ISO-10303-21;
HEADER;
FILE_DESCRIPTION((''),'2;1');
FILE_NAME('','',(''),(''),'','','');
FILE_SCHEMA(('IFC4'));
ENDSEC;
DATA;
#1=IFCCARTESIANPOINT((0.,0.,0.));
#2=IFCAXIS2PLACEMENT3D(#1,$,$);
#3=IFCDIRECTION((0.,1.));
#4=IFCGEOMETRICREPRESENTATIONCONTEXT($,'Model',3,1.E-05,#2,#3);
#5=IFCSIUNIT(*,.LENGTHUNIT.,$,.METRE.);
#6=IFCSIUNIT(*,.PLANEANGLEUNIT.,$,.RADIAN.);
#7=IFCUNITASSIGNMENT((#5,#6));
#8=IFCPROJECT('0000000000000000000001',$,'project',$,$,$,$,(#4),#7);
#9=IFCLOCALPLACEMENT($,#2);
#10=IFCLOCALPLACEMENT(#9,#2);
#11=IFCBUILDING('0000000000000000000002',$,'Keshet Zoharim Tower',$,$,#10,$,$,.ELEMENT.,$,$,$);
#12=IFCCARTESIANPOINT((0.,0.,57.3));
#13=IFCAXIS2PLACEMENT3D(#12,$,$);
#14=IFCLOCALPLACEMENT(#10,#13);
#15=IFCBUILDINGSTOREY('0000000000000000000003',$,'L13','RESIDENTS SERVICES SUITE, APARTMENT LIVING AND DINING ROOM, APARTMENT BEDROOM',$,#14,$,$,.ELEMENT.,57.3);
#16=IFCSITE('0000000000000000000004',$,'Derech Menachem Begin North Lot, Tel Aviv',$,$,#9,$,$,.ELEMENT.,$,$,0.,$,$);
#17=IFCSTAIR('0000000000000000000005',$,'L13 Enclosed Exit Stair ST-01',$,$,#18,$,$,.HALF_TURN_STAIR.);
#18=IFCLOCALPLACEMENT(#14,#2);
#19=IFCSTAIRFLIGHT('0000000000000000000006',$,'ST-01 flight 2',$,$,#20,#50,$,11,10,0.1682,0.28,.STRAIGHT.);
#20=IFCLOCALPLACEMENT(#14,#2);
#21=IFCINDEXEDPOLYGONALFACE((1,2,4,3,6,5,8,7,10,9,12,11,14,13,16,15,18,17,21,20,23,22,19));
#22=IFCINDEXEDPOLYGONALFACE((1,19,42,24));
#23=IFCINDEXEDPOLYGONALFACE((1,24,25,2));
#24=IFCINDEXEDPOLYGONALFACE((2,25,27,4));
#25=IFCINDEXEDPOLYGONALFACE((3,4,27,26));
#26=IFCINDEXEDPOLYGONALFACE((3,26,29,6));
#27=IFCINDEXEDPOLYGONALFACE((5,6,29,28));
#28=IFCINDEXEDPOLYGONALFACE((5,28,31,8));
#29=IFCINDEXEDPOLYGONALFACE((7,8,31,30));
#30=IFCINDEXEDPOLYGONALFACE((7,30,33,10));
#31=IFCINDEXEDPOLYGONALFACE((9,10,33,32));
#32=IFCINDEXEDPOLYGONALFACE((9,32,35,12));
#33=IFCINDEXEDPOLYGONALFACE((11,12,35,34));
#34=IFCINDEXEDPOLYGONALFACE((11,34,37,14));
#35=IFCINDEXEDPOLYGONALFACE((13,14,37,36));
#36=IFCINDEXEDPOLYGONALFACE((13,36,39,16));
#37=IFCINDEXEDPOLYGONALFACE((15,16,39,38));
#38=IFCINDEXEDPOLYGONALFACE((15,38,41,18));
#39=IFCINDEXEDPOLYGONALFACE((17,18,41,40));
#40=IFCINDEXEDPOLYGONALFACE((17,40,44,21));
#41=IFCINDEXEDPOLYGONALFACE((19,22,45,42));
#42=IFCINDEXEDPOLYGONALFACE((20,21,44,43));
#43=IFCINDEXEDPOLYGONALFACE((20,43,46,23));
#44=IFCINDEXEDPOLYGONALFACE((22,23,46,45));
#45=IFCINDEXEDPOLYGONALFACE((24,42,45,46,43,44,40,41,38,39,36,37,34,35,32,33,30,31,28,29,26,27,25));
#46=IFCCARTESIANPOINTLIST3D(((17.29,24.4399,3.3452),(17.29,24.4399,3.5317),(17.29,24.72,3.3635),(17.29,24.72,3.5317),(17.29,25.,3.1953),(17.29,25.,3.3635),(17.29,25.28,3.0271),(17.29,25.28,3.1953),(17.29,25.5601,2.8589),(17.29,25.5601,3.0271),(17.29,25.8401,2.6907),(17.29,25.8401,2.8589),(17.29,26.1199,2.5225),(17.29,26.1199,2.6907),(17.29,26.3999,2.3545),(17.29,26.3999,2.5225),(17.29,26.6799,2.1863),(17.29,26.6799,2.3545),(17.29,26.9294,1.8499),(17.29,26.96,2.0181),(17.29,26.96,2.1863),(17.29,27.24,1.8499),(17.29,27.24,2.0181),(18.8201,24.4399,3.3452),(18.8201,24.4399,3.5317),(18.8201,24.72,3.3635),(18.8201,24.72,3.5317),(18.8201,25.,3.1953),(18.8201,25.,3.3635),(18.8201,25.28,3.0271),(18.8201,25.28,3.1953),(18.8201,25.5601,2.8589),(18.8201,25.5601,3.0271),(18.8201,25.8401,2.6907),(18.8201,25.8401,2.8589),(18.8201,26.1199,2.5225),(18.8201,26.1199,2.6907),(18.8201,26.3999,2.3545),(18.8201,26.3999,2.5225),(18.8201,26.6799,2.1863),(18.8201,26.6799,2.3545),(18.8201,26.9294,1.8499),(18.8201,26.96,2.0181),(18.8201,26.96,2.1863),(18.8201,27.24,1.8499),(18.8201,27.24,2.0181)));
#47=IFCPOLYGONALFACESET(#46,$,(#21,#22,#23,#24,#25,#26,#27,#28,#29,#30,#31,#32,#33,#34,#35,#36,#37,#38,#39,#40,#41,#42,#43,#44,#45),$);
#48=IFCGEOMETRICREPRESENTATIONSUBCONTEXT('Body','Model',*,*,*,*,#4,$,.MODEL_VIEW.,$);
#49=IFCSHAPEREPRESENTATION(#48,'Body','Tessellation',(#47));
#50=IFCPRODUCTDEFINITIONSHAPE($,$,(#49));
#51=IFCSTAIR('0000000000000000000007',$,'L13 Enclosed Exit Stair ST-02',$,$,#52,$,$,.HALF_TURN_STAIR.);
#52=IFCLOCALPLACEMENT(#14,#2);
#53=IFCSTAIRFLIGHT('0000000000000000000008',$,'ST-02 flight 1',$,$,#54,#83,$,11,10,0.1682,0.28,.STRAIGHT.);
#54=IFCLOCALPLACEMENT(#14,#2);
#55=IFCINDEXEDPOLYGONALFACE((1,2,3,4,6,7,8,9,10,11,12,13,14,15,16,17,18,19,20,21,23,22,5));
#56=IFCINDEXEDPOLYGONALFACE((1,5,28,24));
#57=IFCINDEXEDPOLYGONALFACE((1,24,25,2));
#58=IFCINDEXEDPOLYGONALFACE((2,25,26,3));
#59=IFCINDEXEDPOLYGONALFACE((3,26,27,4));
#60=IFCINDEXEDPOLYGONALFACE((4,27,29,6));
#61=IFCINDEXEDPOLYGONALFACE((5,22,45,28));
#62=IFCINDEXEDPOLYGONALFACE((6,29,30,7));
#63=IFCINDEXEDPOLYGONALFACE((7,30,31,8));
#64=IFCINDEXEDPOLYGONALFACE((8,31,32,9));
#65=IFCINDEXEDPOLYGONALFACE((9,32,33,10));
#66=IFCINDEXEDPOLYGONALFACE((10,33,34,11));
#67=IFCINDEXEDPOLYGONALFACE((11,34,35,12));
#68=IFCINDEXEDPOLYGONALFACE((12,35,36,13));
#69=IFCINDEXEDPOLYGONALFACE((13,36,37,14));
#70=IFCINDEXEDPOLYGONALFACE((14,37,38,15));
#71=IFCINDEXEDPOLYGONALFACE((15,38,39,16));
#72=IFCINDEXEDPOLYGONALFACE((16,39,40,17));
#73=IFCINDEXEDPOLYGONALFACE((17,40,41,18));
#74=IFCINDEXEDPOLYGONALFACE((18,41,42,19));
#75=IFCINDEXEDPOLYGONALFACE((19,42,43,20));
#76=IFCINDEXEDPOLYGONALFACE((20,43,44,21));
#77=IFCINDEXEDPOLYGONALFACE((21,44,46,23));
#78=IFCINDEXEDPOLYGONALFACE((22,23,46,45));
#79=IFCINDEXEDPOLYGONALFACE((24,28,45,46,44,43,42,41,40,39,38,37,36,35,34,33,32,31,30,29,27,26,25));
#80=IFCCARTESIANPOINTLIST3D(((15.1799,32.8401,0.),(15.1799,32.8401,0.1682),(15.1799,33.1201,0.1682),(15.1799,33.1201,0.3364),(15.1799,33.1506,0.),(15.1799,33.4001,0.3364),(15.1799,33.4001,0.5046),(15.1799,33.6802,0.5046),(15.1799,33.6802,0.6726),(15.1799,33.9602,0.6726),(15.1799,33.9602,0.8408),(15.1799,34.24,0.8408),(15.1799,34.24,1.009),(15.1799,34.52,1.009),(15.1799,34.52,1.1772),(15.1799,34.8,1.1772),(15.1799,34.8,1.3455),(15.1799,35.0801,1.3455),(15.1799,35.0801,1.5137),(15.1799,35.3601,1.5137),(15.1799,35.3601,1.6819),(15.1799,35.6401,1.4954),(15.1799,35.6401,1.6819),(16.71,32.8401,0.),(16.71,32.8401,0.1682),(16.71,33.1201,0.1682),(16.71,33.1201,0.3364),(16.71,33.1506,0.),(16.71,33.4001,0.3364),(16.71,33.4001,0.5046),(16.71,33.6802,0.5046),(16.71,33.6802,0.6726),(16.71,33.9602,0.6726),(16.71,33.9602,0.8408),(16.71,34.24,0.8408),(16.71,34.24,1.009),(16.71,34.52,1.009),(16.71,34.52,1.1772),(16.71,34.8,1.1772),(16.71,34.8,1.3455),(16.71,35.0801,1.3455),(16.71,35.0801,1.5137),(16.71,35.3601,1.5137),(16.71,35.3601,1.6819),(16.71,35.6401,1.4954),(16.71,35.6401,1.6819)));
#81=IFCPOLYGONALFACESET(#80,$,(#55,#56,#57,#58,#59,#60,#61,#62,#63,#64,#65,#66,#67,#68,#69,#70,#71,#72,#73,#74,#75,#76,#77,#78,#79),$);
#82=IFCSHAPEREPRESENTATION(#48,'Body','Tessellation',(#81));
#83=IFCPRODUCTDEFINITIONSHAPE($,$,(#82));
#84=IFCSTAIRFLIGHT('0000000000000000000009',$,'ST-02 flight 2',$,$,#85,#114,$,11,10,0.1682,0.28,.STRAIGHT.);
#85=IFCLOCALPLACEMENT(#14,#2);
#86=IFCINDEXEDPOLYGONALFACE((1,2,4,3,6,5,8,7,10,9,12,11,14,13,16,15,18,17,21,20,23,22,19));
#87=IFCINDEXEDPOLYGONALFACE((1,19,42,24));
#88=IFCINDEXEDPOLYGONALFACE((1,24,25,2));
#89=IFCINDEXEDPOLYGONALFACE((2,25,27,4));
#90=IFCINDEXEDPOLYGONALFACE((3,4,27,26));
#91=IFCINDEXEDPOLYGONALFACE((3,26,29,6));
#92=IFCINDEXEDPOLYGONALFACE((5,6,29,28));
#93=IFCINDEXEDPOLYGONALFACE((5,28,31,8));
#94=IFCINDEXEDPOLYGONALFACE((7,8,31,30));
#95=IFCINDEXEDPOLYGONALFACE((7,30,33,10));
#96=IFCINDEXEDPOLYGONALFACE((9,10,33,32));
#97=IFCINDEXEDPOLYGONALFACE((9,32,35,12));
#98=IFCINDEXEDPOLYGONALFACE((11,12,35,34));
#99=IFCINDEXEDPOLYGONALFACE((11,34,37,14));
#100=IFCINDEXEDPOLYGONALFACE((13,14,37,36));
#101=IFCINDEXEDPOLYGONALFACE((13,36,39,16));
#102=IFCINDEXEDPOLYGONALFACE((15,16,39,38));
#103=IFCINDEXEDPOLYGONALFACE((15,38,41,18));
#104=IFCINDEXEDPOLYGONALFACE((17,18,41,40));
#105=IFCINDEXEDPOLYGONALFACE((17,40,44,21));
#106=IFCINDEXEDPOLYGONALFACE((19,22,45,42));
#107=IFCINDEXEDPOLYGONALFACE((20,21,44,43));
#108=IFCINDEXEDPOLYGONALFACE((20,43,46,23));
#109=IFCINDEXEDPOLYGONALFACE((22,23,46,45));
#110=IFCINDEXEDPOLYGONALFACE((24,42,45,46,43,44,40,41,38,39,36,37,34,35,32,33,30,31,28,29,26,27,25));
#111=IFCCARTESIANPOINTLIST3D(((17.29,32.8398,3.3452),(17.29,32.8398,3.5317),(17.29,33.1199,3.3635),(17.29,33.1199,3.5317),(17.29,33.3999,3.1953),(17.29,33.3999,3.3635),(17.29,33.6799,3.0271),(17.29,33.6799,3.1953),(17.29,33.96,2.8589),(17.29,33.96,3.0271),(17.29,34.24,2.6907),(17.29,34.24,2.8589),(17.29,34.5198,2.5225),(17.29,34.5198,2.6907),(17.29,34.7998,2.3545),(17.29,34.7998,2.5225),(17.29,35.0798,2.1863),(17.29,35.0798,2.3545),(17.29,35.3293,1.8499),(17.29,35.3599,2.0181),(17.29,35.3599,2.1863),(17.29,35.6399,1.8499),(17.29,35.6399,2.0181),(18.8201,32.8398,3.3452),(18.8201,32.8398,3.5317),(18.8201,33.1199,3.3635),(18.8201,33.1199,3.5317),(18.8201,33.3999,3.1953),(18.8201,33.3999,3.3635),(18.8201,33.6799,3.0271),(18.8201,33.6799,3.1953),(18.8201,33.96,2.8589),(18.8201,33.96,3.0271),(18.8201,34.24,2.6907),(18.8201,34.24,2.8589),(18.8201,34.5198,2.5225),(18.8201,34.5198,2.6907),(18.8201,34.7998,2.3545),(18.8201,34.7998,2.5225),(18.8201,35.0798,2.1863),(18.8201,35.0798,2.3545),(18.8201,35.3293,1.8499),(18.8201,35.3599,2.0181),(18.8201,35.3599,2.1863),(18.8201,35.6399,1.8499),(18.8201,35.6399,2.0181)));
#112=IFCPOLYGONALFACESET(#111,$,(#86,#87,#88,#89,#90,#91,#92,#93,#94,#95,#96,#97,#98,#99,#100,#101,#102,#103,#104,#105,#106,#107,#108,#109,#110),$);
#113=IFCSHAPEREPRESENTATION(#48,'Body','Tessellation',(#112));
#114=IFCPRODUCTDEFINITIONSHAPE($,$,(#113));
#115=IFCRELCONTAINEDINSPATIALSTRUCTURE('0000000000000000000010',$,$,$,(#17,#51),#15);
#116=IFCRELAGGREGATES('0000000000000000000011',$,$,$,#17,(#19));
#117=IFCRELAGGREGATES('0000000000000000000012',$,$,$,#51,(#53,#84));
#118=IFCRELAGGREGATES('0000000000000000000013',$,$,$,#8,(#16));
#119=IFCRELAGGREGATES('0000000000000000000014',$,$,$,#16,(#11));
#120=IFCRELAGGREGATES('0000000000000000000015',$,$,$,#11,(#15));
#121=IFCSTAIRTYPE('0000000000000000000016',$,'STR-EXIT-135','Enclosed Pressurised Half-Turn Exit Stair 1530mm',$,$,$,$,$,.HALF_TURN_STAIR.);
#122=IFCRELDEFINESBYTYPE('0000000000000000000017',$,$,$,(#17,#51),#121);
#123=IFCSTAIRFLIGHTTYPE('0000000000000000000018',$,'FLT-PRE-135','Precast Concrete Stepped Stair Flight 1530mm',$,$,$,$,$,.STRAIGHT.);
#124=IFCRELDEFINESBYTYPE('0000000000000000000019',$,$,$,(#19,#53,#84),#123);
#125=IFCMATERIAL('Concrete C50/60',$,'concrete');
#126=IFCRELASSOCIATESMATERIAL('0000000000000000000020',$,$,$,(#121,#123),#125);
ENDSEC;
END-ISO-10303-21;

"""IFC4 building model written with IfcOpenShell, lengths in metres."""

from ifc_helpers import new_model, si_unit, direction, frame, origin, place, context, subcontext, project, spatial, polyline, outline, extrude, material, type_object, element, aggregate, save


model = new_model("IFC4")

# Units and contexts
model_context = context("Model", 3, precision=1e-05, world=origin(), true_north=direction((0.0, 1.0)))
body_context = subcontext(model_context, "Body", "Model", "MODEL_VIEW")
ifc_project = project(units=[si_unit("LENGTHUNIT", "METRE"), si_unit("PLANEANGLEUNIT", "RADIAN")], contexts=[model_context])

# Site, building, storey
site_placement = place(None, origin())
site = spatial("IfcSite", under=ifc_project, at=site_placement, Name="Derech Menachem Begin North Lot, Tel Aviv", CompositionType="ELEMENT", RefElevation=0.0)
building_placement = place(site_placement, origin())
building = spatial("IfcBuilding", under=site, at=building_placement, Name="Keshet Zoharim Tower", CompositionType="ELEMENT")
storey_placement = place(building_placement, frame((0.0, 0.0, 57.3)))
storey = spatial("IfcBuildingStorey", under=building, at=storey_placement, Name="L13", Description="RESIDENTS SERVICES SUITE, APARTMENT LIVING AND DINING ROOM, APARTMENT BEDROOM", CompositionType="ELEMENT", Elevation=57.3)

# Stair, stair flight
ifc_material_1 = material(Name="Concrete C50/60", Category="concrete")
stair_type = type_object("IfcStairType", Name="STR-EXIT-135", Description="Enclosed Pressurised Half-Turn Exit Stair 1530mm", PredefinedType="HALF_TURN_STAIR", material=ifc_material_1)
stair_1_placement = place(storey_placement, origin())
stair_1 = element("IfcStair", 1, at=stair_1_placement, inside=storey, type_object=stair_type, Name="L13 Enclosed Exit Stair ST-01", PredefinedType="HALF_TURN_STAIR")
stair_flight_type = type_object("IfcStairFlightType", Name="FLT-PRE-135", Description="Precast Concrete Stepped Stair Flight 1530mm", PredefinedType="STRAIGHT", material=ifc_material_1)
stair_flight_1_placement = place(storey_placement, frame((18.0549, 27.24, 1.8499), z_axis=(0.0, 0.0, 1.0), x_axis=(0.0, -1.0, 0.0)))
stair_flight_1 = element("IfcStairFlight", 2, at=stair_flight_1_placement, type_object=stair_flight_type, Name="ST-01 flight 2", NumberOfRisers=11, NumberOfTreads=10, PredefinedType="STRAIGHT", RiserHeight=0.1682, TreadLength=0.28, context=body_context, shape_type="SweptSolid", body=[
    extrude(outline(polyline([(0.0, 0.0), (0.0, 0.1682), (0.28, 0.1682), (0.28, 0.3364), (0.5601, 0.3364), (0.5601, 0.5046), (0.8401, 0.5046), (0.8401, 0.6726), (1.1201, 0.6726), (1.1201, 0.8408), (1.3999, 0.8408), (1.3999, 1.009), (1.6799, 1.009), (1.6799, 1.1772), (1.96, 1.1772), (1.96, 1.3455), (2.24, 1.3455), (2.24, 1.5137), (2.52, 1.5137), (2.52, 1.6819), (2.8, 1.6819), (2.8, 1.8501), (2.8, 1.4954), (0.3105, 0.0), (0.0, 0.0)])), frame((0.0, 0.7651, 0.0), z_axis=(0.0, -1.0, 0.0), x_axis=(1.0, 0.0, 0.0)), (0.0, 0.0, 1.0), 1.53),
])
aggregate(stair_1, [stair_flight_1])

# Stair, stair flights
stair_2_placement = place(storey_placement, origin())
stair_2 = element("IfcStair", 3, at=stair_2_placement, inside=storey, type_object=stair_type, Name="L13 Enclosed Exit Stair ST-02", PredefinedType="HALF_TURN_STAIR")
stair_flight_2_placement = place(storey_placement, frame((15.9451, 32.8401, 0.0), z_axis=(0.0, 0.0, 1.0), x_axis=(0.0, 1.0, 0.0)))
stair_flight_2 = element("IfcStairFlight", 4, at=stair_flight_2_placement, type_object=stair_flight_type, Name="ST-02 flight 1", NumberOfRisers=11, NumberOfTreads=10, PredefinedType="STRAIGHT", RiserHeight=0.1682, TreadLength=0.28, context=body_context, shape_type="SweptSolid", body=[
    extrude(outline(polyline([(0.0, 0.0), (0.0, 0.1682), (0.28, 0.1682), (0.28, 0.3364), (0.5601, 0.3364), (0.5601, 0.5046), (0.8401, 0.5046), (0.8401, 0.6726), (1.1201, 0.6726), (1.1201, 0.8408), (1.3999, 0.8408), (1.3999, 1.009), (1.6799, 1.009), (1.6799, 1.1772), (1.96, 1.1772), (1.96, 1.3455), (2.24, 1.3455), (2.24, 1.5137), (2.52, 1.5137), (2.52, 1.6819), (2.8, 1.6819), (2.8, 1.8501), (2.8, 1.4954), (0.3105, 0.0), (0.0, 0.0)])), frame((0.0, 0.7651, 0.0), z_axis=(0.0, -1.0, 0.0), x_axis=(1.0, 0.0, 0.0)), (0.0, 0.0, 1.0), 1.53),
])
stair_flight_3_placement = place(storey_placement, frame((18.0549, 35.6399, 1.8499), z_axis=(0.0, 0.0, 1.0), x_axis=(0.0, -1.0, 0.0)))
stair_flight_3 = element("IfcStairFlight", 5, at=stair_flight_3_placement, type_object=stair_flight_type, Name="ST-02 flight 2", NumberOfRisers=11, NumberOfTreads=10, PredefinedType="STRAIGHT", RiserHeight=0.1682, TreadLength=0.28, context=body_context, shape_type="SweptSolid", body=[
    extrude(outline(polyline([(0.0, 0.0), (0.0, 0.1682), (0.28, 0.1682), (0.28, 0.3364), (0.5601, 0.3364), (0.5601, 0.5046), (0.8401, 0.5046), (0.8401, 0.6726), (1.1201, 0.6726), (1.1201, 0.8408), (1.3999, 0.8408), (1.3999, 1.009), (1.6799, 1.009), (1.6799, 1.1772), (1.96, 1.1772), (1.96, 1.3455), (2.24, 1.3455), (2.24, 1.5137), (2.52, 1.5137), (2.52, 1.6819), (2.8, 1.6819), (2.8, 1.8501), (2.8, 1.4954), (0.3105, 0.0), (0.0, 0.0)])), frame((0.0, 0.7651, 0.0), z_axis=(0.0, -1.0, 0.0), x_axis=(1.0, 0.0, 0.0)), (0.0, 0.0, 1.0), 1.53),
])
aggregate(stair_2, [stair_flight_2, stair_flight_3])

save(model, "model.ifc")
